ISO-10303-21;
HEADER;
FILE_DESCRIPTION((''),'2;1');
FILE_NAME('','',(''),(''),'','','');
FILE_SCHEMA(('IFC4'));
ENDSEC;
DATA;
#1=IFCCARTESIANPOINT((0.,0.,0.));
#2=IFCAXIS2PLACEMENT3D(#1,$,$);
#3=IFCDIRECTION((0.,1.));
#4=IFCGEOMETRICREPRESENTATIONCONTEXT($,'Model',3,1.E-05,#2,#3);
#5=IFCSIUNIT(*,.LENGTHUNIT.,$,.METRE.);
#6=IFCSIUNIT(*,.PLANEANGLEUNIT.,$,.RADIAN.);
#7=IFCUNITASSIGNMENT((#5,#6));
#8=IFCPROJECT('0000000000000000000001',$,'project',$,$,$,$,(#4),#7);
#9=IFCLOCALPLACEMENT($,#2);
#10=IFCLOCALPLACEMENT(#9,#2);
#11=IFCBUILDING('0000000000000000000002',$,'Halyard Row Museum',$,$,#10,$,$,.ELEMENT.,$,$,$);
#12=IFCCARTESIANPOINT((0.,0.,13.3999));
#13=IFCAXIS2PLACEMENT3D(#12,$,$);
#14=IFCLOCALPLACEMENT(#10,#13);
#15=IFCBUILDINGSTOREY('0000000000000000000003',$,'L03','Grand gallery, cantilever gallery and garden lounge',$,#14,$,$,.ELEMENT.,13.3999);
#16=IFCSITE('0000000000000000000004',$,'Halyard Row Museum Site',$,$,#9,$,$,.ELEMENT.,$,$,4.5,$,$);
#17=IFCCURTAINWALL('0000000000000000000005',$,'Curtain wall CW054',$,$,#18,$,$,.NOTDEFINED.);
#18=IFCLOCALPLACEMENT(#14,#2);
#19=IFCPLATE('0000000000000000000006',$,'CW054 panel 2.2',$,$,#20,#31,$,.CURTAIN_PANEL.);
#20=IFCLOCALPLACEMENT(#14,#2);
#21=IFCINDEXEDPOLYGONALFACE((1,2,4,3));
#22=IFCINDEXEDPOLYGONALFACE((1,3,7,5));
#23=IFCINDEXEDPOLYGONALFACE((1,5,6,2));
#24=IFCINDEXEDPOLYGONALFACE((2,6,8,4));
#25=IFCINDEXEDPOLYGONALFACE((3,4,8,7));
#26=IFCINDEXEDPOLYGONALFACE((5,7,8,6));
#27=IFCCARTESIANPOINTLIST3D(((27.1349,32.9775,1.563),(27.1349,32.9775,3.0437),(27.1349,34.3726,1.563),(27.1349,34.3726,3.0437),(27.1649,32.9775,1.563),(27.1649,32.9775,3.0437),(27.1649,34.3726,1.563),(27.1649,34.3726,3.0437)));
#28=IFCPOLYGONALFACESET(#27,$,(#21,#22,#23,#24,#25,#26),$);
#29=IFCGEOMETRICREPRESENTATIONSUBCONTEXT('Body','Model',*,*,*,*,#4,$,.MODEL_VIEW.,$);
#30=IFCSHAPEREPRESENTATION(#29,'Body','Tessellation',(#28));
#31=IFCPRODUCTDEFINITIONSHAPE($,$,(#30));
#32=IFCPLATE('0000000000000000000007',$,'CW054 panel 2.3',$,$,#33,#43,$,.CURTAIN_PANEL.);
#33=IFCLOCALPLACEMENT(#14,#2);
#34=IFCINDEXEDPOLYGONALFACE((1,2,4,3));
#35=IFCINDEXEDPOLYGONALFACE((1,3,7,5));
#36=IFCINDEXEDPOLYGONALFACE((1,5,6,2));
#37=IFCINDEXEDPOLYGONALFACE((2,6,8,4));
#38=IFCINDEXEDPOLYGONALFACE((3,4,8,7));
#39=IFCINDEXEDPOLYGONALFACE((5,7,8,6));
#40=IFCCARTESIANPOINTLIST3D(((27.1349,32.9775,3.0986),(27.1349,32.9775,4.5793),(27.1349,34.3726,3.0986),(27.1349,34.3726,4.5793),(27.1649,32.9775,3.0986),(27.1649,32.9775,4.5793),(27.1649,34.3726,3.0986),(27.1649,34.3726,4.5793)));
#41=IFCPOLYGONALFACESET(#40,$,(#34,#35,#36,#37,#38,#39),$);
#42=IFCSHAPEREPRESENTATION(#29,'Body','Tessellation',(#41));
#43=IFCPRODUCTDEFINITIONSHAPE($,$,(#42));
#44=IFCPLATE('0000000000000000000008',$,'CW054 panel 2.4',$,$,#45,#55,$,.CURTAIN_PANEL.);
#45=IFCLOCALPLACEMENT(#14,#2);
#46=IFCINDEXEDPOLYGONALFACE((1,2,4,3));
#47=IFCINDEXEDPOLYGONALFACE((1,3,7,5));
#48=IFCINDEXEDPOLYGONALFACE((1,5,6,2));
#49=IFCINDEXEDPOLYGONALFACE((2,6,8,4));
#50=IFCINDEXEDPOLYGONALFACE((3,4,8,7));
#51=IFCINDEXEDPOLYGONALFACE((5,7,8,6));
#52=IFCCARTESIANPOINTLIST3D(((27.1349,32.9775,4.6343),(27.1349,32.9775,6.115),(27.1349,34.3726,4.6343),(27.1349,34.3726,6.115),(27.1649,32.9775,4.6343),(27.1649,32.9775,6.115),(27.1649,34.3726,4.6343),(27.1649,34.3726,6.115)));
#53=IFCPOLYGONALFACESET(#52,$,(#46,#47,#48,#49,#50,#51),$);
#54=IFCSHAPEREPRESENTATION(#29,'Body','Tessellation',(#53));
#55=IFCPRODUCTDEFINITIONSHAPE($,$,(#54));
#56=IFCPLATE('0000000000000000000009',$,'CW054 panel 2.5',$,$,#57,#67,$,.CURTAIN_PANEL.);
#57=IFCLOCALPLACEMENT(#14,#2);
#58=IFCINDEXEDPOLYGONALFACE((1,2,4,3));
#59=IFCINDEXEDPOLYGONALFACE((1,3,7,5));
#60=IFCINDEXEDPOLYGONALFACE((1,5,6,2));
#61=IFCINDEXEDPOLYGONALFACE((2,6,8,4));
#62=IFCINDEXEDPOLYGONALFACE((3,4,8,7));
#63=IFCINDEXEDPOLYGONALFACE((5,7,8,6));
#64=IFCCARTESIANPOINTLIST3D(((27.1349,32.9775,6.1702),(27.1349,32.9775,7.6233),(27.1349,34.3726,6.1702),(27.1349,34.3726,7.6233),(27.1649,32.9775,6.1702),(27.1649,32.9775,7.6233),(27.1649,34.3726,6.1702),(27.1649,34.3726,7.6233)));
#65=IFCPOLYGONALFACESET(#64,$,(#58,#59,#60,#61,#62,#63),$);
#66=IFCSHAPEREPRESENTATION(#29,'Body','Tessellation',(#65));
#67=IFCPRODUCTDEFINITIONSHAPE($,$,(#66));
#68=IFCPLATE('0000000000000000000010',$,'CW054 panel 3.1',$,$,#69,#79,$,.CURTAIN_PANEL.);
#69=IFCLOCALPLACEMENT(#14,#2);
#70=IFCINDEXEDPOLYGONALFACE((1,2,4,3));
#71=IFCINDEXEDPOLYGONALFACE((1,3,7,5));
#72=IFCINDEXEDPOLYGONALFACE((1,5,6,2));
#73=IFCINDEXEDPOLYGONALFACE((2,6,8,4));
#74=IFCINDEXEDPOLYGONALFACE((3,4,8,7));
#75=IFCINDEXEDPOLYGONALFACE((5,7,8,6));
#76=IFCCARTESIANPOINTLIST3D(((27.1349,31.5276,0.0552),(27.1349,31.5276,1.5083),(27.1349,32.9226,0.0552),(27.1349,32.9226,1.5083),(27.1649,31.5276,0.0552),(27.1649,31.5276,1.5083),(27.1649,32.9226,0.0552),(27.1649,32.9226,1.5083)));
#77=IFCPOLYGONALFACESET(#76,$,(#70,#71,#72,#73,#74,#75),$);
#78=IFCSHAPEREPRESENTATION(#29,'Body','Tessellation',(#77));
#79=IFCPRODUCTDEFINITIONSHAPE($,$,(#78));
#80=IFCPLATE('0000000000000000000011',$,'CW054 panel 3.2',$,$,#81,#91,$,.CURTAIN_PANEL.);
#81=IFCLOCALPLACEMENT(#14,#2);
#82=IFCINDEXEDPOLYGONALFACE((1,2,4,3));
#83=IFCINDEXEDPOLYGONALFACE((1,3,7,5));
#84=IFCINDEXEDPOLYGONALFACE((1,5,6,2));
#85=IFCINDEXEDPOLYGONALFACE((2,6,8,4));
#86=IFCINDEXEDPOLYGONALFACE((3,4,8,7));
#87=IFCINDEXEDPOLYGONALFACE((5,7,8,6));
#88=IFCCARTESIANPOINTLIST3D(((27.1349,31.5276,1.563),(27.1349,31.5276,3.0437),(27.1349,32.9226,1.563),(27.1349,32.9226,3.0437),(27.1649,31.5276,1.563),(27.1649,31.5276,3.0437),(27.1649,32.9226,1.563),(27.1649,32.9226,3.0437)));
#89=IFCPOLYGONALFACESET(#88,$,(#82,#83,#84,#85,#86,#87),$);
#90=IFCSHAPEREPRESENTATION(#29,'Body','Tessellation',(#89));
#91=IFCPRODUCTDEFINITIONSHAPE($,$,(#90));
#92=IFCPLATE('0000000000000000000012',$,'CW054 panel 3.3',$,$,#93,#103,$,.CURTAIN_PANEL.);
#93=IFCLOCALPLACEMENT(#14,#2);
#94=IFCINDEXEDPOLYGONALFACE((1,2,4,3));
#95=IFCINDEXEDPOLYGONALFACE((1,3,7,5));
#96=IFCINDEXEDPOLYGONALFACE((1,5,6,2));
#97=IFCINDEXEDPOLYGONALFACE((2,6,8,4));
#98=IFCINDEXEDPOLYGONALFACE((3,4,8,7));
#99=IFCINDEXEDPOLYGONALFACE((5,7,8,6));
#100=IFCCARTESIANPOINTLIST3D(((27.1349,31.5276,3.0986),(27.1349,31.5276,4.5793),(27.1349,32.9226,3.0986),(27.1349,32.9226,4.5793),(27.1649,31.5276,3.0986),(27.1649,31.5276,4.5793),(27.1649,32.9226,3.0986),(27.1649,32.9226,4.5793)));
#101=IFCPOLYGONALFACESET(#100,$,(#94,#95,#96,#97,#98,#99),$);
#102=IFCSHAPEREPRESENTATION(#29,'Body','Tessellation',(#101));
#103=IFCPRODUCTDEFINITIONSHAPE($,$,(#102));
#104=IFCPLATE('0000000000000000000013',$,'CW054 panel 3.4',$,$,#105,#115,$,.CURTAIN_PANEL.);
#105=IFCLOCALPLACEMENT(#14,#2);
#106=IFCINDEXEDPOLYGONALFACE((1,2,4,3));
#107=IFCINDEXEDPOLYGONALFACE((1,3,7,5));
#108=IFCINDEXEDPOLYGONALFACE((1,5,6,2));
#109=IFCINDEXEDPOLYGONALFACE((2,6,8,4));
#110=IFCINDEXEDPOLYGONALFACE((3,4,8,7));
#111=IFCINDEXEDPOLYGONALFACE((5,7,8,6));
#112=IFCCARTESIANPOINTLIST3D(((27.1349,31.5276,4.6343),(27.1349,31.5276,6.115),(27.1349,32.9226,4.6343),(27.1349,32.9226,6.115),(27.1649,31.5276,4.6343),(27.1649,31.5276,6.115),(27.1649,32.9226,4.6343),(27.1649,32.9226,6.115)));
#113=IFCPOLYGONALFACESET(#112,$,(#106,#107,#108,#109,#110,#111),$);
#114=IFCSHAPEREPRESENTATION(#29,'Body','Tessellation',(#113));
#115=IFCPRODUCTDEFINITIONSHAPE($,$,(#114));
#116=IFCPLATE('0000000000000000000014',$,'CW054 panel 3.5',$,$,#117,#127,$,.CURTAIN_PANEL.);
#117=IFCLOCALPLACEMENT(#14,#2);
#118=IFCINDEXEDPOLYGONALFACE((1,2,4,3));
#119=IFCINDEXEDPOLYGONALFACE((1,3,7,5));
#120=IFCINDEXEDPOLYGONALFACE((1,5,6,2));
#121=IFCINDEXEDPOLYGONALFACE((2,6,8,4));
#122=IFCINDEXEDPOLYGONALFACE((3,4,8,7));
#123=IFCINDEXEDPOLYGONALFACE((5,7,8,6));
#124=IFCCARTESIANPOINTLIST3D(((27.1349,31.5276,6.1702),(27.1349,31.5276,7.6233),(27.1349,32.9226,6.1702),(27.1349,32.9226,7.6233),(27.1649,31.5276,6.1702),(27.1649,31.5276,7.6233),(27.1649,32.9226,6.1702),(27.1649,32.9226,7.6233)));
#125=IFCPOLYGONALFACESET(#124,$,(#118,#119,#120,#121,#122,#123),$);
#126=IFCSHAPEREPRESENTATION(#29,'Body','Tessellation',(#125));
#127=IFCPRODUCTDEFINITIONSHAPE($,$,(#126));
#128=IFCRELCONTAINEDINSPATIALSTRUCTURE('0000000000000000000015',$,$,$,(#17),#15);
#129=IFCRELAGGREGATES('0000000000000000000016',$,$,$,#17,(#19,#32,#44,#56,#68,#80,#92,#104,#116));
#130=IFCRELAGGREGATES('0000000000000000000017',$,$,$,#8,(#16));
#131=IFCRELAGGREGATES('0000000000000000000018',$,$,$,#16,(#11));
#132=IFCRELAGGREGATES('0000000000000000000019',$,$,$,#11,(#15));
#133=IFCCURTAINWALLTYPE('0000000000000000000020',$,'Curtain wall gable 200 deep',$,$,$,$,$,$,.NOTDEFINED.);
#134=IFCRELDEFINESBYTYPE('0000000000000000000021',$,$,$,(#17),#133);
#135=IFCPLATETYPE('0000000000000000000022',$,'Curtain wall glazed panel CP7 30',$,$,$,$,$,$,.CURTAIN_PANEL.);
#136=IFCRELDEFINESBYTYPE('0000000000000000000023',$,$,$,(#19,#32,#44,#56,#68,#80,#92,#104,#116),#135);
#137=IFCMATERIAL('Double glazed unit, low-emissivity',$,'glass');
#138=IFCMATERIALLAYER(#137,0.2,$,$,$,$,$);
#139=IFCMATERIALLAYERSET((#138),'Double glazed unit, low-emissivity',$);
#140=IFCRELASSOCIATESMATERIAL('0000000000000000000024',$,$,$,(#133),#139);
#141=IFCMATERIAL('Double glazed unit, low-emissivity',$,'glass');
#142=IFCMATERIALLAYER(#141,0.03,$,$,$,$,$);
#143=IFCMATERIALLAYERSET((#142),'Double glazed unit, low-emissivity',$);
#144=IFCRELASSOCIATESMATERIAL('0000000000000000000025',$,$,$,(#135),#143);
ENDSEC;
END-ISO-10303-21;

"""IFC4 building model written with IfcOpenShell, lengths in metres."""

from ifc_helpers import new_model, si_unit, direction, frame, origin, origin_2d, place, context, subcontext, project, spatial, rectangle, extrude, material, layer, layer_set, type_object, element, aggregate, save


model = new_model("IFC4")

# Units and contexts
model_context = context("Model", 3, precision=1e-05, world=origin(), true_north=direction((0.0, 1.0)))
body_context = subcontext(model_context, "Body", "Model", "MODEL_VIEW")
ifc_project = project(units=[si_unit("LENGTHUNIT", "METRE"), si_unit("PLANEANGLEUNIT", "RADIAN")], contexts=[model_context])

# Site, building, storey
site_placement = place(None, origin())
site = spatial("IfcSite", under=ifc_project, at=site_placement, Name="Halyard Row Museum Site", CompositionType="ELEMENT", RefElevation=4.5)
building_placement = place(site_placement, origin())
building = spatial("IfcBuilding", under=site, at=building_placement, Name="Halyard Row Museum", CompositionType="ELEMENT")
storey_placement = place(building_placement, frame((0.0, 0.0, 13.3999)))
storey = spatial("IfcBuildingStorey", under=building, at=storey_placement, Name="L03", Description="Grand gallery, cantilever gallery and garden lounge", CompositionType="ELEMENT", Elevation=13.3999)

# Curtain wall
ifc_material_1 = material(Name="Double glazed unit, low-emissivity", Category="glass")
ifc_layer_1 = layer(ifc_material_1, 0.2)
ifc_layer_set_1 = layer_set([ifc_layer_1], Name="Double glazed unit, low-emissivity")
curtain_wall_type = type_object("IfcCurtainWallType", Name="Curtain wall gable 200 deep", PredefinedType="NOTDEFINED", material=ifc_layer_set_1)
curtain_wall_placement = place(storey_placement, origin())
curtain_wall = element("IfcCurtainWall", 1, at=curtain_wall_placement, inside=storey, type_object=curtain_wall_type, Name="Curtain wall CW054", PredefinedType="NOTDEFINED")

# Plates
ifc_material_2 = material(Name="Double glazed unit, low-emissivity", Category="glass")
ifc_layer_2 = layer(ifc_material_2, 0.03)
ifc_layer_set_2 = layer_set([ifc_layer_2], Name="Double glazed unit, low-emissivity")
plate_type = type_object("IfcPlateType", Name="Curtain wall glazed panel CP7 30", PredefinedType="CURTAIN_PANEL", material=ifc_layer_set_2)
plate_1_placement = place(storey_placement, frame((27.1499, 33.675, 1.563), z_axis=(0.0, 0.0, 1.0), x_axis=(0.0, -1.0, 0.0)))
plate_1 = element("IfcPlate", 2, at=plate_1_placement, type_object=plate_type, Name="CW054 panel 2.2", PredefinedType="CURTAIN_PANEL", context=body_context, shape_type="SweptSolid", body=[
    extrude(rectangle(XDim=1.395, YDim=0.03, at=origin_2d()), origin(), (0.0, 0.0, 1.0), 1.4807),
])
plate_2_placement = place(storey_placement, frame((27.1499, 33.675, 3.0986), z_axis=(0.0, 0.0, 1.0), x_axis=(0.0, -1.0, 0.0)))
plate_2 = element("IfcPlate", 3, at=plate_2_placement, type_object=plate_type, Name="CW054 panel 2.3", PredefinedType="CURTAIN_PANEL", context=body_context, shape_type="SweptSolid", body=[
    extrude(rectangle(XDim=1.395, YDim=0.03, at=origin_2d()), origin(), (0.0, 0.0, 1.0), 1.4807),
])
plate_3_placement = place(storey_placement, frame((27.1499, 33.675, 4.6343), z_axis=(0.0, 0.0, 1.0), x_axis=(0.0, -1.0, 0.0)))
plate_3 = element("IfcPlate", 4, at=plate_3_placement, type_object=plate_type, Name="CW054 panel 2.4", PredefinedType="CURTAIN_PANEL", context=body_context, shape_type="SweptSolid", body=[
    extrude(rectangle(XDim=1.395, YDim=0.03, at=origin_2d()), origin(), (0.0, 0.0, 1.0), 1.4807),
])
plate_4_placement = place(storey_placement, frame((27.1499, 33.675, 6.1702), z_axis=(0.0, 0.0, 1.0), x_axis=(0.0, -1.0, 0.0)))
plate_4 = element("IfcPlate", 5, at=plate_4_placement, type_object=plate_type, Name="CW054 panel 2.5", PredefinedType="CURTAIN_PANEL", context=body_context, shape_type="SweptSolid", body=[
    extrude(rectangle(XDim=1.395, YDim=0.03, at=origin_2d()), origin(), (0.0, 0.0, 1.0), 1.4531),
])
plate_5_placement = place(storey_placement, frame((27.1499, 32.2251, 0.0552), z_axis=(0.0, 0.0, 1.0), x_axis=(0.0, -1.0, 0.0)))
plate_5 = element("IfcPlate", 6, at=plate_5_placement, type_object=plate_type, Name="CW054 panel 3.1", PredefinedType="CURTAIN_PANEL", context=body_context, shape_type="SweptSolid", body=[
    extrude(rectangle(XDim=1.395, YDim=0.03, at=origin_2d()), origin(), (0.0, 0.0, 1.0), 1.4531),
])
plate_6_placement = place(storey_placement, frame((27.1499, 32.2251, 1.563), z_axis=(0.0, 0.0, 1.0), x_axis=(0.0, -1.0, 0.0)))
plate_6 = element("IfcPlate", 7, at=plate_6_placement, type_object=plate_type, Name="CW054 panel 3.2", PredefinedType="CURTAIN_PANEL", context=body_context, shape_type="SweptSolid", body=[
    extrude(rectangle(XDim=1.395, YDim=0.03, at=origin_2d()), origin(), (0.0, 0.0, 1.0), 1.4807),
])
plate_7_placement = place(storey_placement, frame((27.1499, 32.2251, 3.0986), z_axis=(0.0, 0.0, 1.0), x_axis=(0.0, -1.0, 0.0)))
plate_7 = element("IfcPlate", 8, at=plate_7_placement, type_object=plate_type, Name="CW054 panel 3.3", PredefinedType="CURTAIN_PANEL", context=body_context, shape_type="SweptSolid", body=[
    extrude(rectangle(XDim=1.395, YDim=0.03, at=origin_2d()), origin(), (0.0, 0.0, 1.0), 1.4807),
])
plate_8_placement = place(storey_placement, frame((27.1499, 32.2251, 4.6343), z_axis=(0.0, 0.0, 1.0), x_axis=(0.0, -1.0, 0.0)))
plate_8 = element("IfcPlate", 9, at=plate_8_placement, type_object=plate_type, Name="CW054 panel 3.4", PredefinedType="CURTAIN_PANEL", context=body_context, shape_type="SweptSolid", body=[
    extrude(rectangle(XDim=1.395, YDim=0.03, at=origin_2d()), origin(), (0.0, 0.0, 1.0), 1.4807),
])
plate_9_placement = place(storey_placement, frame((27.1499, 32.2251, 6.1702), z_axis=(0.0, 0.0, 1.0), x_axis=(0.0, -1.0, 0.0)))
plate_9 = element("IfcPlate", 10, at=plate_9_placement, type_object=plate_type, Name="CW054 panel 3.5", PredefinedType="CURTAIN_PANEL", context=body_context, shape_type="SweptSolid", body=[
    extrude(rectangle(XDim=1.395, YDim=0.03, at=origin_2d()), origin(), (0.0, 0.0, 1.0), 1.4531),
])
aggregate(curtain_wall, [plate_1, plate_2, plate_3, plate_4, plate_5, plate_6, plate_7, plate_8, plate_9])

save(model, "model.ifc")
